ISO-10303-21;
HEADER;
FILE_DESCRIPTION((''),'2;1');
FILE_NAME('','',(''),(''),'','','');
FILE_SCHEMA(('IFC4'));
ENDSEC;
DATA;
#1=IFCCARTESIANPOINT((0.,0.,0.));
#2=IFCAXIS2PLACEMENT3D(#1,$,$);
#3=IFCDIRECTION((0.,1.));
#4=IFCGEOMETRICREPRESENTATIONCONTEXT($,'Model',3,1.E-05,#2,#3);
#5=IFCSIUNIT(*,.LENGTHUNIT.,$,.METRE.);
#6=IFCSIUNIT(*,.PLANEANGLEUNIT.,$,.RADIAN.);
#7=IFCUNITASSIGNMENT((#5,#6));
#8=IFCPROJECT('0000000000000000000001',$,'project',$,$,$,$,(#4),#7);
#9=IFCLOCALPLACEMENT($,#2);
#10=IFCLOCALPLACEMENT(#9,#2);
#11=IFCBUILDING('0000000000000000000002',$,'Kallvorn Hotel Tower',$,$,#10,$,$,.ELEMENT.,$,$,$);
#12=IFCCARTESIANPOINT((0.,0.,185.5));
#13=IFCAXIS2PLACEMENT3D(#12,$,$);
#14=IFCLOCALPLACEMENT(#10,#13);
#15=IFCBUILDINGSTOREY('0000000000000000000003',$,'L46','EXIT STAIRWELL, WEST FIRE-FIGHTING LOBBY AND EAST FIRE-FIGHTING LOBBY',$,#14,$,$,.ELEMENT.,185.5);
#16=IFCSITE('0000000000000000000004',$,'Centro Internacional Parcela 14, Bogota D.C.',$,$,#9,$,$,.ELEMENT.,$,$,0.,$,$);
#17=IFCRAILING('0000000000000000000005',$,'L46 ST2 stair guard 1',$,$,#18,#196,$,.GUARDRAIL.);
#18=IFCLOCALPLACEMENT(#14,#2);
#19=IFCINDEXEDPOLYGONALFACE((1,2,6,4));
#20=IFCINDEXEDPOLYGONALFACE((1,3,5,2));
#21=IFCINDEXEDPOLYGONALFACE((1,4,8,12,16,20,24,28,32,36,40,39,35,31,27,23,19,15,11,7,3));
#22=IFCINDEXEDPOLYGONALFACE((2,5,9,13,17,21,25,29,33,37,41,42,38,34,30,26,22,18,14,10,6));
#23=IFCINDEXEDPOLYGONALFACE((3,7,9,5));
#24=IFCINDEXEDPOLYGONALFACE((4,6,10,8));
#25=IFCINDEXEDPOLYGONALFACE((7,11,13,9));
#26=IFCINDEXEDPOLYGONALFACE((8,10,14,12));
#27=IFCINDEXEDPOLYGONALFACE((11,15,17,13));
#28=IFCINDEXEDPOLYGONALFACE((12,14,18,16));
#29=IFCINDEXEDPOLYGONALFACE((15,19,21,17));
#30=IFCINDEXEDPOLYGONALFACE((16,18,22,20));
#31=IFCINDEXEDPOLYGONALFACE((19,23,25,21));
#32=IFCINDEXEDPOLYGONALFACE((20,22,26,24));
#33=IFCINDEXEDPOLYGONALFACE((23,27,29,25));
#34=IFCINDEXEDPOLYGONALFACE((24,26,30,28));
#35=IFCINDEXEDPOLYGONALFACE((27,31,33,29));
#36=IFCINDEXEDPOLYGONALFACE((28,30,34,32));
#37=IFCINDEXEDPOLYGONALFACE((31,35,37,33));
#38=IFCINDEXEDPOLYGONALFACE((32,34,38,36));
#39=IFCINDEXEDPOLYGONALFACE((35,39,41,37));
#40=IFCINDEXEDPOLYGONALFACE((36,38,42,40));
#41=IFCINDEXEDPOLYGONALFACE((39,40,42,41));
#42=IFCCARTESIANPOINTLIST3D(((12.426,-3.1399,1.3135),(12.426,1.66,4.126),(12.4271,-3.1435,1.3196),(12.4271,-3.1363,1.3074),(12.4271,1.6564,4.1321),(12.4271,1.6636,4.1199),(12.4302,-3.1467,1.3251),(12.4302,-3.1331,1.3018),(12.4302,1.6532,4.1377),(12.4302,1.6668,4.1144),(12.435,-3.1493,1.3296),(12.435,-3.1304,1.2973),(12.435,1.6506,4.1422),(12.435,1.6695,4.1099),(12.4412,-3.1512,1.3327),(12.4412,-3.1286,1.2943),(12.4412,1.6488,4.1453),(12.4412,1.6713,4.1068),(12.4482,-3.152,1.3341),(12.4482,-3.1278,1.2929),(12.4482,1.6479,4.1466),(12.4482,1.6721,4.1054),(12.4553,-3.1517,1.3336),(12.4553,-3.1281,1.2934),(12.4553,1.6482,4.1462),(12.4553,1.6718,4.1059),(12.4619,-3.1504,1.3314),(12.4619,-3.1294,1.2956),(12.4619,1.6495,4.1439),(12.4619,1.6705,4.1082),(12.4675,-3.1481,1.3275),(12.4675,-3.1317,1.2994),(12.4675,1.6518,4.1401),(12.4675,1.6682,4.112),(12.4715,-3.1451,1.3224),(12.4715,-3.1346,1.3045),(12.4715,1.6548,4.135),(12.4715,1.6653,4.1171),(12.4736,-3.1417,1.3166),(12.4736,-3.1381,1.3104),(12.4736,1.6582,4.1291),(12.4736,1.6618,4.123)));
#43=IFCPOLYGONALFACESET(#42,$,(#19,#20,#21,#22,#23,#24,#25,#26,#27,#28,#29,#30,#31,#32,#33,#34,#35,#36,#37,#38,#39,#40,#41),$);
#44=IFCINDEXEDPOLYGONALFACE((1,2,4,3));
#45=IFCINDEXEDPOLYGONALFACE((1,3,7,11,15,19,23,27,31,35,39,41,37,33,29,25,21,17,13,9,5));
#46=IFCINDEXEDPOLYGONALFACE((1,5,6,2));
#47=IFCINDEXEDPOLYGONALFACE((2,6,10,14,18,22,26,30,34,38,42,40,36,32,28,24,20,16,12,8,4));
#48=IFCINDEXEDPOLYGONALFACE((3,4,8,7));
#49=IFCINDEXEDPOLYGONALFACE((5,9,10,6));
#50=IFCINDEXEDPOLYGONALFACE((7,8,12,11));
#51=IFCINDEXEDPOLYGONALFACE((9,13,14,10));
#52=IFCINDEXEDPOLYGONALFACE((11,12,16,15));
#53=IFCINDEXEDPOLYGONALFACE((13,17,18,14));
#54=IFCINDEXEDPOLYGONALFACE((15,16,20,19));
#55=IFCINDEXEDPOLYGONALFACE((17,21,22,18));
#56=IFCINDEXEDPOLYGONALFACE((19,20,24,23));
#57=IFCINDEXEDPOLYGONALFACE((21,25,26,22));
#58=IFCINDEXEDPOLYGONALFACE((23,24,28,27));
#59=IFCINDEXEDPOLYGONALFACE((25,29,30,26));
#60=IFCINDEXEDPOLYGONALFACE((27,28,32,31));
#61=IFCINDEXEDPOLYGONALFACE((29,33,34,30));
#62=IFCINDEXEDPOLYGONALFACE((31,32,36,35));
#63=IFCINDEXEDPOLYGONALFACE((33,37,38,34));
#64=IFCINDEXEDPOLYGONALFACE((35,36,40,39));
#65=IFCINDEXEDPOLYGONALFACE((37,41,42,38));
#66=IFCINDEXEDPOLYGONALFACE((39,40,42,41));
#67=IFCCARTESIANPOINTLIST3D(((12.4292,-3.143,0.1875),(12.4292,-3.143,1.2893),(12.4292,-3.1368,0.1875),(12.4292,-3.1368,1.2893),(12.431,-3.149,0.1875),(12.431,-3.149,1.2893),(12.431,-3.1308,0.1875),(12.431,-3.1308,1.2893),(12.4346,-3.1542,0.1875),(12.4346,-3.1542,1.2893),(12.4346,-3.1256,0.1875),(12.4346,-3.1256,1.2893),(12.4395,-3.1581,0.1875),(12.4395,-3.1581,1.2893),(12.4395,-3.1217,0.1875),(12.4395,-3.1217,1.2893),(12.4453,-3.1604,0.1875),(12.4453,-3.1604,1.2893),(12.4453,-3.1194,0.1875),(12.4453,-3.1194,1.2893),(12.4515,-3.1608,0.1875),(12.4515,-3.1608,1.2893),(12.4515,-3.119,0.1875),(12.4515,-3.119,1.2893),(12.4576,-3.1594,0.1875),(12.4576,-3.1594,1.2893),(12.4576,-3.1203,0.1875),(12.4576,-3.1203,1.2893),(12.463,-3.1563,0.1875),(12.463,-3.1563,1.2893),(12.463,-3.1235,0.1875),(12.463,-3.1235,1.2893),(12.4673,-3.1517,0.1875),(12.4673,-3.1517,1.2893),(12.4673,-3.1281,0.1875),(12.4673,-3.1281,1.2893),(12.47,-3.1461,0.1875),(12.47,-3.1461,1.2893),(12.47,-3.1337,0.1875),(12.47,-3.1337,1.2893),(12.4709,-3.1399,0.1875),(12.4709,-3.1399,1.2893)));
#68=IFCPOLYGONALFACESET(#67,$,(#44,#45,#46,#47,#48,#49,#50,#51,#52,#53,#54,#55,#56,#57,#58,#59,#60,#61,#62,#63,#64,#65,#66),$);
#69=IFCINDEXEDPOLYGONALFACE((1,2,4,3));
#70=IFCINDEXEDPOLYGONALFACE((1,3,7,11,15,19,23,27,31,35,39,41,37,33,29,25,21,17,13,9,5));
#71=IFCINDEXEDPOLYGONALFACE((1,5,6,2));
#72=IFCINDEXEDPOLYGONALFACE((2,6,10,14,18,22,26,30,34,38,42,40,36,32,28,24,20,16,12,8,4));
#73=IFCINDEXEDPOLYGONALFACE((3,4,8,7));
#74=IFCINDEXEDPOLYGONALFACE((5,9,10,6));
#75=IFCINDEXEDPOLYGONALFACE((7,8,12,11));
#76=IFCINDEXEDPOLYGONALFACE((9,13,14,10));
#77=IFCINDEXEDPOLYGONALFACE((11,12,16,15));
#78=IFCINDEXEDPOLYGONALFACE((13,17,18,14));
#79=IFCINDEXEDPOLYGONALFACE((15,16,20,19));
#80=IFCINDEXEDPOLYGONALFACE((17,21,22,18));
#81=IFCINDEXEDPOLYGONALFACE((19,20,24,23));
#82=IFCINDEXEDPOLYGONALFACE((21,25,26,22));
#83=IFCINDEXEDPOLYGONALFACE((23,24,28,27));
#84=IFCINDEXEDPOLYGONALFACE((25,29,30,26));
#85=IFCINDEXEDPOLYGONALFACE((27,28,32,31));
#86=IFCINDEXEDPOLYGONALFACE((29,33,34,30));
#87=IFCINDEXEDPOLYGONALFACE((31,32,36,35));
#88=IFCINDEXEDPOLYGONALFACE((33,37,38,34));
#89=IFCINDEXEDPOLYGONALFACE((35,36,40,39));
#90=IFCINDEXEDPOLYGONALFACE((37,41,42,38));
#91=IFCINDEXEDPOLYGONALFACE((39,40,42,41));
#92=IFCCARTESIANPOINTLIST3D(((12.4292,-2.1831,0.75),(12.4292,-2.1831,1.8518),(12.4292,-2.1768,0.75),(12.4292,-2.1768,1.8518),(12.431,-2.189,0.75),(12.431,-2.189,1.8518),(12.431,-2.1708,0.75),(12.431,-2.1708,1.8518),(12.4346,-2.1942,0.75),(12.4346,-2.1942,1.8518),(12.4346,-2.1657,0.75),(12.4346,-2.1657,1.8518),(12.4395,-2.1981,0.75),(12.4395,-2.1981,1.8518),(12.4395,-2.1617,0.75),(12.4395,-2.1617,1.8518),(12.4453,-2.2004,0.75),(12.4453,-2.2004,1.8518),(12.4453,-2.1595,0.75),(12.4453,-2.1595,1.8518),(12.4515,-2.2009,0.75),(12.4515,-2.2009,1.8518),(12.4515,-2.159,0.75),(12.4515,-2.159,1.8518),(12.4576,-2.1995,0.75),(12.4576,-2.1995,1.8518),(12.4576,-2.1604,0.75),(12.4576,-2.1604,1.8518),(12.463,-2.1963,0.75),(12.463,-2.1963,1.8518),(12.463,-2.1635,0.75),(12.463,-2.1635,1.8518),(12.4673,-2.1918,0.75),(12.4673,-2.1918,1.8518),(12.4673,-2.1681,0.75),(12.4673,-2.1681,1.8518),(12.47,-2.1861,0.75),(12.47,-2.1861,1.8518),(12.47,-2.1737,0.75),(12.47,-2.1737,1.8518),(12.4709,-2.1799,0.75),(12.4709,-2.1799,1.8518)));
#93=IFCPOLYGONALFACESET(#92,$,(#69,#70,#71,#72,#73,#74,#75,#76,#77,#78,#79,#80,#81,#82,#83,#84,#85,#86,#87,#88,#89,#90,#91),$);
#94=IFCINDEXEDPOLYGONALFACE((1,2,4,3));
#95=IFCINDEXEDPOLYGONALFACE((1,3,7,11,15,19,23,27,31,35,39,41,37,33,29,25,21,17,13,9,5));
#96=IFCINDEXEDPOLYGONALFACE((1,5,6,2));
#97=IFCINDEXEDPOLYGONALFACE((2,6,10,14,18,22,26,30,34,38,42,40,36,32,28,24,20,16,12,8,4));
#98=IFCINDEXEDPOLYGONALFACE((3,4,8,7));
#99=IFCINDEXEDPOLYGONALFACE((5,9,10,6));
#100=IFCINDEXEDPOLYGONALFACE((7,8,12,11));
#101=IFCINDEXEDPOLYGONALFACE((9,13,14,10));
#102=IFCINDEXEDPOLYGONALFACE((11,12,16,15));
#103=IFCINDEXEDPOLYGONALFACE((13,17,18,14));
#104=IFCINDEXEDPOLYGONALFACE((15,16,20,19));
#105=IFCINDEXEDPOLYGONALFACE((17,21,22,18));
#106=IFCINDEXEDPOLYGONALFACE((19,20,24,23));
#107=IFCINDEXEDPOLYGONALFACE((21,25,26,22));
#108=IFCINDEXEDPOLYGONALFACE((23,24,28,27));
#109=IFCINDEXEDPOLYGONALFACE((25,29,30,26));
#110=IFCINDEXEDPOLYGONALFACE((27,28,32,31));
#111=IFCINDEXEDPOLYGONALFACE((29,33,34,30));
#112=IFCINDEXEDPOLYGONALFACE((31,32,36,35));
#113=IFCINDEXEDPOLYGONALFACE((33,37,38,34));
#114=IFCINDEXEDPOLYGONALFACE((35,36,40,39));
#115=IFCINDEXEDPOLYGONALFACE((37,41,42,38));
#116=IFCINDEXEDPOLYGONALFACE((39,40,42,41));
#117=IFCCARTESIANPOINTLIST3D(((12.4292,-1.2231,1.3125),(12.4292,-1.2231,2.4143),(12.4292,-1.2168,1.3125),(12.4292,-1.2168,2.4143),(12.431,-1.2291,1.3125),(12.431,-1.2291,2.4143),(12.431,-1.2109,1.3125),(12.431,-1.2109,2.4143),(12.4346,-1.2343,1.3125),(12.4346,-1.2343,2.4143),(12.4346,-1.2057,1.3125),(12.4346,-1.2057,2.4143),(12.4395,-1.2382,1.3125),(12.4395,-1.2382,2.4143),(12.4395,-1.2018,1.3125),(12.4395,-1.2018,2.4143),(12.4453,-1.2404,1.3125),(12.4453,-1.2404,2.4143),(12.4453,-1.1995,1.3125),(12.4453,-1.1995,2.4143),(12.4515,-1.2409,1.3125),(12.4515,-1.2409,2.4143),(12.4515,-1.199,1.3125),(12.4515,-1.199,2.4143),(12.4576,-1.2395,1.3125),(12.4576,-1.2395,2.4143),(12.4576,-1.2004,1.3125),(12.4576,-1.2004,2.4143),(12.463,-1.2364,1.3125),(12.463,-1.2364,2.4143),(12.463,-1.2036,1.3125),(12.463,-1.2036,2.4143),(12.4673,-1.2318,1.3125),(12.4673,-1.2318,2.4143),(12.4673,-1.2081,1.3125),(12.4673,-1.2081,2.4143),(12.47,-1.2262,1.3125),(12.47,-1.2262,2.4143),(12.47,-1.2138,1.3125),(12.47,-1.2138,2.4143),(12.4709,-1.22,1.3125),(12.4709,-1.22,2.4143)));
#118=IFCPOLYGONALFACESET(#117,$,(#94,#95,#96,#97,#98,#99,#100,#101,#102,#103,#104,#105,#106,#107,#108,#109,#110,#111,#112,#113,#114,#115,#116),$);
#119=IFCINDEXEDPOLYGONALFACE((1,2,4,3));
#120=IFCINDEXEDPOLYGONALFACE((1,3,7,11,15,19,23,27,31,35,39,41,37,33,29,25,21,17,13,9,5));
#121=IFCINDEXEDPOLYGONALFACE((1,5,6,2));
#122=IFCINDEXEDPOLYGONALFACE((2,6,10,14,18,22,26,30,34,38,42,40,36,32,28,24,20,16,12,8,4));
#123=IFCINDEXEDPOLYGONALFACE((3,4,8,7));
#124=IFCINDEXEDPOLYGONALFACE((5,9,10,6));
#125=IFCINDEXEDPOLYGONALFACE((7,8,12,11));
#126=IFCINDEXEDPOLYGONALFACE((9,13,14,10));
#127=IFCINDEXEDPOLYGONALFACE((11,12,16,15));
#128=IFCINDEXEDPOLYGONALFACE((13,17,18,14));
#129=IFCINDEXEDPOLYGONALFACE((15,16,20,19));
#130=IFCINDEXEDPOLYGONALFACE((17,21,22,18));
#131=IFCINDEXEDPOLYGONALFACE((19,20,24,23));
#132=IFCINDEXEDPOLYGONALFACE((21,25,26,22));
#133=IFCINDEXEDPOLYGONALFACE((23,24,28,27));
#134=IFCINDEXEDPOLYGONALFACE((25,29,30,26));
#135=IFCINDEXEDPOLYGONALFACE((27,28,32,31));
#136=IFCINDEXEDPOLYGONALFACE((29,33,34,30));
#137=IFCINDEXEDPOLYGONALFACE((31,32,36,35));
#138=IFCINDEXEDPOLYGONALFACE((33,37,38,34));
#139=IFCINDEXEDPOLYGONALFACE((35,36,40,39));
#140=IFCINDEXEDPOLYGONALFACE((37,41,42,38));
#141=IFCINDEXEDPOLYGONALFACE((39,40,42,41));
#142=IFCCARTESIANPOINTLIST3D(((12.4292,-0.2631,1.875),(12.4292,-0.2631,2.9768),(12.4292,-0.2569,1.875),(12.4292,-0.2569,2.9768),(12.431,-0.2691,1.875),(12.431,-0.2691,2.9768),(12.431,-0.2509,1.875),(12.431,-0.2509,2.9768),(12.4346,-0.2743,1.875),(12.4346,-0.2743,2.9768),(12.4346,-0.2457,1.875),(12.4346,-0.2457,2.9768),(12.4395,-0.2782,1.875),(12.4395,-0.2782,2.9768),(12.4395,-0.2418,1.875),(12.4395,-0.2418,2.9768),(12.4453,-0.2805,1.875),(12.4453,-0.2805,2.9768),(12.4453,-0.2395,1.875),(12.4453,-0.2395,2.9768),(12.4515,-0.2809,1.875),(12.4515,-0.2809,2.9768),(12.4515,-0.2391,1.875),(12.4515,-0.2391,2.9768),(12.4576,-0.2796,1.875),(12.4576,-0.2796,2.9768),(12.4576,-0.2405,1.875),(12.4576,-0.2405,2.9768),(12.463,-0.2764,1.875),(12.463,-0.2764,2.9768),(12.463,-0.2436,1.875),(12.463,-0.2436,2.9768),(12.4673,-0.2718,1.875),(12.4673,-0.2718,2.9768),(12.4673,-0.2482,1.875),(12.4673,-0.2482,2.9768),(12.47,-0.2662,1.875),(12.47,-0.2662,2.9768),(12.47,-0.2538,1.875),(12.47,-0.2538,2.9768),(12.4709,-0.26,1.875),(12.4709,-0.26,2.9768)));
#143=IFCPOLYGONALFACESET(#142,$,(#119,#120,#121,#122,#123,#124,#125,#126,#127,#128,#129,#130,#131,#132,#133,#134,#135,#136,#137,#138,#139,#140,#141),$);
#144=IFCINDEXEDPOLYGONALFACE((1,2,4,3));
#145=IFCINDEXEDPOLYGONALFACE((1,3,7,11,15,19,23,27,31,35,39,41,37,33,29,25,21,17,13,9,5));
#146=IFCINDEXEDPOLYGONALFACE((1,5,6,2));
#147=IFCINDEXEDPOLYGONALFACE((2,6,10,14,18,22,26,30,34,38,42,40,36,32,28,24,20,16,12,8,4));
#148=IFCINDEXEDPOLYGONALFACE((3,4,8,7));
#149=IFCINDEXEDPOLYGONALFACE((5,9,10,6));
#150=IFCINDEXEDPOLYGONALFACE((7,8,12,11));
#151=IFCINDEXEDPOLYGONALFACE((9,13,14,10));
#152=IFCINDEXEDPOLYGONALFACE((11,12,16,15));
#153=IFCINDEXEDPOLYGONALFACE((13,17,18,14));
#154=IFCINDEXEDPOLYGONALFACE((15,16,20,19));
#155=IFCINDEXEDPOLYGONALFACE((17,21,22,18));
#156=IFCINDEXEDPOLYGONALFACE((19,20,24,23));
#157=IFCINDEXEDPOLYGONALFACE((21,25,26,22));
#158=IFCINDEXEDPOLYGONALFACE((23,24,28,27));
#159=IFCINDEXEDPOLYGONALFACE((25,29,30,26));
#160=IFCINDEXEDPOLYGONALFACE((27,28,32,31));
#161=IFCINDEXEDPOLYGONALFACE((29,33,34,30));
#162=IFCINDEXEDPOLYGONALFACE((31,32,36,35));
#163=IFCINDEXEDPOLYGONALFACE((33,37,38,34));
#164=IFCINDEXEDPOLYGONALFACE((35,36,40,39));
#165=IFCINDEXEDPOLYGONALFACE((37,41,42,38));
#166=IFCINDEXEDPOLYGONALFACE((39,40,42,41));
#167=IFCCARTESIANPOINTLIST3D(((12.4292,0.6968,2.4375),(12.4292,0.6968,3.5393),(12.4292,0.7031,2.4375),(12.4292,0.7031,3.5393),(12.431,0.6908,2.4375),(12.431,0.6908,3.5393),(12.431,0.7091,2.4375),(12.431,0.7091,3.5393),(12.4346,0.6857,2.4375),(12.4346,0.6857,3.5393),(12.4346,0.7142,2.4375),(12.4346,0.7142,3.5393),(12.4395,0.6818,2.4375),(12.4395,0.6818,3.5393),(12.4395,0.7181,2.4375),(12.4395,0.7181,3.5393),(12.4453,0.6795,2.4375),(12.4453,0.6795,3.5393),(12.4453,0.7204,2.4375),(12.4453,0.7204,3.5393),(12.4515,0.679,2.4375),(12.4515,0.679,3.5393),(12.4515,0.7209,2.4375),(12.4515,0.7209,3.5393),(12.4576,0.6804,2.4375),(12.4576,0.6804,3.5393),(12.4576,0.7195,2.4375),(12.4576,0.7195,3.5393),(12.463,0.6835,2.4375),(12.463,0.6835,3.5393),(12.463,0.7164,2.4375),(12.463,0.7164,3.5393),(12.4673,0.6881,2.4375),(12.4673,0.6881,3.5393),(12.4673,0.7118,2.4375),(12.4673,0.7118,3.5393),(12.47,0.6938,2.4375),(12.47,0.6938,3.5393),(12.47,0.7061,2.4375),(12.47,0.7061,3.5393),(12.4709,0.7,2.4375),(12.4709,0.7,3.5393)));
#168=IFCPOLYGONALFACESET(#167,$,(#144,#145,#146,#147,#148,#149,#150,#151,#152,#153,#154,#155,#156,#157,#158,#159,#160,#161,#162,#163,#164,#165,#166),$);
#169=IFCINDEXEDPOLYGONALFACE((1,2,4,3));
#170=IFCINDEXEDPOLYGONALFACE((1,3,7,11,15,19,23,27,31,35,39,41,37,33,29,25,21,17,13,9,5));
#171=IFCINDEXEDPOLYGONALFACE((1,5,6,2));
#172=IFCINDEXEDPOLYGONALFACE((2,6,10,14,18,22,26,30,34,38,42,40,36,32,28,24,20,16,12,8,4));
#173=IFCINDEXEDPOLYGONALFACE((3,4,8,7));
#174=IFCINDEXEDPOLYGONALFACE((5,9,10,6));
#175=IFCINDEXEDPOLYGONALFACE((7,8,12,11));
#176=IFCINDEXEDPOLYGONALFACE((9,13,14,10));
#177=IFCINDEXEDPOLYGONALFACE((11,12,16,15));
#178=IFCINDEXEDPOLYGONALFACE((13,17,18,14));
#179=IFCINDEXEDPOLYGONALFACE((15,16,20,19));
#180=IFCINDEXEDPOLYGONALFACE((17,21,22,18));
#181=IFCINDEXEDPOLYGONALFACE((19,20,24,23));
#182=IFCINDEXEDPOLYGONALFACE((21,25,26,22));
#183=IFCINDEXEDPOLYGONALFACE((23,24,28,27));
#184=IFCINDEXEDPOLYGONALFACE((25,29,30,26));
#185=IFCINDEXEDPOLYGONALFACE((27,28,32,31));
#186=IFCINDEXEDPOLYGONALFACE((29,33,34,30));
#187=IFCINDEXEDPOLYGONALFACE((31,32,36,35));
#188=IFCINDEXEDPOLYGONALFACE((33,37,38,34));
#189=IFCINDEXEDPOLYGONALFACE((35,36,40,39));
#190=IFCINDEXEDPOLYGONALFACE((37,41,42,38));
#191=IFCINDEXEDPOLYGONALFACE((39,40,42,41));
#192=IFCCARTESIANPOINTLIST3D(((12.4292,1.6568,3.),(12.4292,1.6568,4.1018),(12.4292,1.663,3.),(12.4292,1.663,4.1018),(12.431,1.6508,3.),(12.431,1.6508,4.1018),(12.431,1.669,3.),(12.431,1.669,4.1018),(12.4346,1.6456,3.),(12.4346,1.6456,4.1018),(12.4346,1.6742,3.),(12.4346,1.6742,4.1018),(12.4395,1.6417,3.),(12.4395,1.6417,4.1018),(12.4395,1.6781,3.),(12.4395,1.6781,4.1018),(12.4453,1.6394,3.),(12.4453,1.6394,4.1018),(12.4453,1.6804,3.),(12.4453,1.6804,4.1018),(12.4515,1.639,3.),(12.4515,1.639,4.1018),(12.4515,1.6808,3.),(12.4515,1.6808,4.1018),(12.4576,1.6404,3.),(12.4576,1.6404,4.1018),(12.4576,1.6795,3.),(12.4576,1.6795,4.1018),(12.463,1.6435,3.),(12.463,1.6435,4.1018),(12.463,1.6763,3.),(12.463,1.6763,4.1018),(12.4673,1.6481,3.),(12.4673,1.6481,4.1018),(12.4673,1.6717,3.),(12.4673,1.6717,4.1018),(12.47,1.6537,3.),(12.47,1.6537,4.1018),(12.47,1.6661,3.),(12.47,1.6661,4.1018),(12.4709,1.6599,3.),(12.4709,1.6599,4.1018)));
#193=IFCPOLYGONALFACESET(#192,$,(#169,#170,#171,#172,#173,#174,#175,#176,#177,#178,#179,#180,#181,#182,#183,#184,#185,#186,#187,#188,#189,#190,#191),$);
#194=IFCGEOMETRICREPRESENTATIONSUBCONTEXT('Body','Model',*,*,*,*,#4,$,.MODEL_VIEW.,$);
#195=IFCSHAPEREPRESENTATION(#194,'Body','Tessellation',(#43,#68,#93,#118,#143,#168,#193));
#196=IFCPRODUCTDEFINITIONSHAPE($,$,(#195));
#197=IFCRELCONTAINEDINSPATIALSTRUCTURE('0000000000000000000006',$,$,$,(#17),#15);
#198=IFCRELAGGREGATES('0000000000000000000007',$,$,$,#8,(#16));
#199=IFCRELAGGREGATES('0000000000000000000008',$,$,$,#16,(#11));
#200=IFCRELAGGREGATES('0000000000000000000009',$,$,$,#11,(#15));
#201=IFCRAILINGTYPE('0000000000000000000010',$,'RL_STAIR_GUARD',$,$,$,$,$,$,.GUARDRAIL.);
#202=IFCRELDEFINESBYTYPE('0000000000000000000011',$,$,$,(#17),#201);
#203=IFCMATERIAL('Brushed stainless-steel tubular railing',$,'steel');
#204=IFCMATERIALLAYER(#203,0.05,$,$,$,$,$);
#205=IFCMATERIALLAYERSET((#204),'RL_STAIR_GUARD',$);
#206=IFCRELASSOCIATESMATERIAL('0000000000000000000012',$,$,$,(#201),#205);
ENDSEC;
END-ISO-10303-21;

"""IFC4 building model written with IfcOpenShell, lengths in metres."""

from ifc_helpers import new_model, si_unit, direction, frame, origin, origin_2d, place, context, subcontext, project, spatial, circle, extrude, material, layer, layer_set, type_object, element, save


model = new_model("IFC4")

# Units and contexts
model_context = context("Model", 3, precision=1e-05, world=origin(), true_north=direction((0.0, 1.0)))
body_context = subcontext(model_context, "Body", "Model", "MODEL_VIEW")
ifc_project = project(units=[si_unit("LENGTHUNIT", "METRE"), si_unit("PLANEANGLEUNIT", "RADIAN")], contexts=[model_context])

# Site, building, storey
site_placement = place(None, origin())
site = spatial("IfcSite", under=ifc_project, at=site_placement, Name="Centro Internacional Parcela 14, Bogota D.C.", CompositionType="ELEMENT", RefElevation=0.0)
building_placement = place(site_placement, origin())
building = spatial("IfcBuilding", under=site, at=building_placement, Name="Kallvorn Hotel Tower", CompositionType="ELEMENT")
storey_placement = place(building_placement, frame((0.0, 0.0, 185.5)))
storey = spatial("IfcBuildingStorey", under=building, at=storey_placement, Name="L46", Description="EXIT STAIRWELL, WEST FIRE-FIGHTING LOBBY AND EAST FIRE-FIGHTING LOBBY", CompositionType="ELEMENT", Elevation=185.5)

# Railing
ifc_material_1 = material(Name="Brushed stainless-steel tubular railing", Category="steel")
ifc_layer_1 = layer(ifc_material_1, 0.05)
ifc_layer_set_1 = layer_set([ifc_layer_1], Name="RL_STAIR_GUARD")
railing_type_1 = type_object("IfcRailingType", Name="RL_STAIR_GUARD", PredefinedType="GUARDRAIL", material=ifc_layer_set_1)
railing_1_placement = place(storey_placement, frame((12.45, -3.1399, 0.1875)))
element("IfcRailing", 1, at=railing_1_placement, inside=storey, type_object=railing_type_1, Name="L46 ST2 stair guard 1", PredefinedType="GUARDRAIL", context=body_context, shape_type="SweptSolid", body=[
    extrude(circle(Radius=0.0239, at=origin_2d()), frame((0.0, 0.0, 1.126), z_axis=(0.0, 0.86279, 0.505562), x_axis=(-1.0, 0.0, 0.0)), (0.0, 0.0, 1.0), 5.5632),
    extrude(circle(Radius=0.021, at=origin_2d()), origin(), (0.0, 0.0, 1.0), 1.1018),
    extrude(circle(Radius=0.021, at=origin_2d()), frame((0.0, 0.96, 0.5625)), (0.0, 0.0, 1.0), 1.1018),
    extrude(circle(Radius=0.021, at=origin_2d()), frame((0.0, 1.9199, 1.125)), (0.0, 0.0, 1.0), 1.1018),
    extrude(circle(Radius=0.021, at=origin_2d()), frame((0.0, 2.8799, 1.6875)), (0.0, 0.0, 1.0), 1.1018),
    extrude(circle(Radius=0.021, at=origin_2d()), frame((0.0, 3.8398, 2.25)), (0.0, 0.0, 1.0), 1.1018),
    extrude(circle(Radius=0.021, at=origin_2d()), frame((0.0, 4.7998, 2.8125)), (0.0, 0.0, 1.0), 1.1018),
])

save(model, "model.ifc")
